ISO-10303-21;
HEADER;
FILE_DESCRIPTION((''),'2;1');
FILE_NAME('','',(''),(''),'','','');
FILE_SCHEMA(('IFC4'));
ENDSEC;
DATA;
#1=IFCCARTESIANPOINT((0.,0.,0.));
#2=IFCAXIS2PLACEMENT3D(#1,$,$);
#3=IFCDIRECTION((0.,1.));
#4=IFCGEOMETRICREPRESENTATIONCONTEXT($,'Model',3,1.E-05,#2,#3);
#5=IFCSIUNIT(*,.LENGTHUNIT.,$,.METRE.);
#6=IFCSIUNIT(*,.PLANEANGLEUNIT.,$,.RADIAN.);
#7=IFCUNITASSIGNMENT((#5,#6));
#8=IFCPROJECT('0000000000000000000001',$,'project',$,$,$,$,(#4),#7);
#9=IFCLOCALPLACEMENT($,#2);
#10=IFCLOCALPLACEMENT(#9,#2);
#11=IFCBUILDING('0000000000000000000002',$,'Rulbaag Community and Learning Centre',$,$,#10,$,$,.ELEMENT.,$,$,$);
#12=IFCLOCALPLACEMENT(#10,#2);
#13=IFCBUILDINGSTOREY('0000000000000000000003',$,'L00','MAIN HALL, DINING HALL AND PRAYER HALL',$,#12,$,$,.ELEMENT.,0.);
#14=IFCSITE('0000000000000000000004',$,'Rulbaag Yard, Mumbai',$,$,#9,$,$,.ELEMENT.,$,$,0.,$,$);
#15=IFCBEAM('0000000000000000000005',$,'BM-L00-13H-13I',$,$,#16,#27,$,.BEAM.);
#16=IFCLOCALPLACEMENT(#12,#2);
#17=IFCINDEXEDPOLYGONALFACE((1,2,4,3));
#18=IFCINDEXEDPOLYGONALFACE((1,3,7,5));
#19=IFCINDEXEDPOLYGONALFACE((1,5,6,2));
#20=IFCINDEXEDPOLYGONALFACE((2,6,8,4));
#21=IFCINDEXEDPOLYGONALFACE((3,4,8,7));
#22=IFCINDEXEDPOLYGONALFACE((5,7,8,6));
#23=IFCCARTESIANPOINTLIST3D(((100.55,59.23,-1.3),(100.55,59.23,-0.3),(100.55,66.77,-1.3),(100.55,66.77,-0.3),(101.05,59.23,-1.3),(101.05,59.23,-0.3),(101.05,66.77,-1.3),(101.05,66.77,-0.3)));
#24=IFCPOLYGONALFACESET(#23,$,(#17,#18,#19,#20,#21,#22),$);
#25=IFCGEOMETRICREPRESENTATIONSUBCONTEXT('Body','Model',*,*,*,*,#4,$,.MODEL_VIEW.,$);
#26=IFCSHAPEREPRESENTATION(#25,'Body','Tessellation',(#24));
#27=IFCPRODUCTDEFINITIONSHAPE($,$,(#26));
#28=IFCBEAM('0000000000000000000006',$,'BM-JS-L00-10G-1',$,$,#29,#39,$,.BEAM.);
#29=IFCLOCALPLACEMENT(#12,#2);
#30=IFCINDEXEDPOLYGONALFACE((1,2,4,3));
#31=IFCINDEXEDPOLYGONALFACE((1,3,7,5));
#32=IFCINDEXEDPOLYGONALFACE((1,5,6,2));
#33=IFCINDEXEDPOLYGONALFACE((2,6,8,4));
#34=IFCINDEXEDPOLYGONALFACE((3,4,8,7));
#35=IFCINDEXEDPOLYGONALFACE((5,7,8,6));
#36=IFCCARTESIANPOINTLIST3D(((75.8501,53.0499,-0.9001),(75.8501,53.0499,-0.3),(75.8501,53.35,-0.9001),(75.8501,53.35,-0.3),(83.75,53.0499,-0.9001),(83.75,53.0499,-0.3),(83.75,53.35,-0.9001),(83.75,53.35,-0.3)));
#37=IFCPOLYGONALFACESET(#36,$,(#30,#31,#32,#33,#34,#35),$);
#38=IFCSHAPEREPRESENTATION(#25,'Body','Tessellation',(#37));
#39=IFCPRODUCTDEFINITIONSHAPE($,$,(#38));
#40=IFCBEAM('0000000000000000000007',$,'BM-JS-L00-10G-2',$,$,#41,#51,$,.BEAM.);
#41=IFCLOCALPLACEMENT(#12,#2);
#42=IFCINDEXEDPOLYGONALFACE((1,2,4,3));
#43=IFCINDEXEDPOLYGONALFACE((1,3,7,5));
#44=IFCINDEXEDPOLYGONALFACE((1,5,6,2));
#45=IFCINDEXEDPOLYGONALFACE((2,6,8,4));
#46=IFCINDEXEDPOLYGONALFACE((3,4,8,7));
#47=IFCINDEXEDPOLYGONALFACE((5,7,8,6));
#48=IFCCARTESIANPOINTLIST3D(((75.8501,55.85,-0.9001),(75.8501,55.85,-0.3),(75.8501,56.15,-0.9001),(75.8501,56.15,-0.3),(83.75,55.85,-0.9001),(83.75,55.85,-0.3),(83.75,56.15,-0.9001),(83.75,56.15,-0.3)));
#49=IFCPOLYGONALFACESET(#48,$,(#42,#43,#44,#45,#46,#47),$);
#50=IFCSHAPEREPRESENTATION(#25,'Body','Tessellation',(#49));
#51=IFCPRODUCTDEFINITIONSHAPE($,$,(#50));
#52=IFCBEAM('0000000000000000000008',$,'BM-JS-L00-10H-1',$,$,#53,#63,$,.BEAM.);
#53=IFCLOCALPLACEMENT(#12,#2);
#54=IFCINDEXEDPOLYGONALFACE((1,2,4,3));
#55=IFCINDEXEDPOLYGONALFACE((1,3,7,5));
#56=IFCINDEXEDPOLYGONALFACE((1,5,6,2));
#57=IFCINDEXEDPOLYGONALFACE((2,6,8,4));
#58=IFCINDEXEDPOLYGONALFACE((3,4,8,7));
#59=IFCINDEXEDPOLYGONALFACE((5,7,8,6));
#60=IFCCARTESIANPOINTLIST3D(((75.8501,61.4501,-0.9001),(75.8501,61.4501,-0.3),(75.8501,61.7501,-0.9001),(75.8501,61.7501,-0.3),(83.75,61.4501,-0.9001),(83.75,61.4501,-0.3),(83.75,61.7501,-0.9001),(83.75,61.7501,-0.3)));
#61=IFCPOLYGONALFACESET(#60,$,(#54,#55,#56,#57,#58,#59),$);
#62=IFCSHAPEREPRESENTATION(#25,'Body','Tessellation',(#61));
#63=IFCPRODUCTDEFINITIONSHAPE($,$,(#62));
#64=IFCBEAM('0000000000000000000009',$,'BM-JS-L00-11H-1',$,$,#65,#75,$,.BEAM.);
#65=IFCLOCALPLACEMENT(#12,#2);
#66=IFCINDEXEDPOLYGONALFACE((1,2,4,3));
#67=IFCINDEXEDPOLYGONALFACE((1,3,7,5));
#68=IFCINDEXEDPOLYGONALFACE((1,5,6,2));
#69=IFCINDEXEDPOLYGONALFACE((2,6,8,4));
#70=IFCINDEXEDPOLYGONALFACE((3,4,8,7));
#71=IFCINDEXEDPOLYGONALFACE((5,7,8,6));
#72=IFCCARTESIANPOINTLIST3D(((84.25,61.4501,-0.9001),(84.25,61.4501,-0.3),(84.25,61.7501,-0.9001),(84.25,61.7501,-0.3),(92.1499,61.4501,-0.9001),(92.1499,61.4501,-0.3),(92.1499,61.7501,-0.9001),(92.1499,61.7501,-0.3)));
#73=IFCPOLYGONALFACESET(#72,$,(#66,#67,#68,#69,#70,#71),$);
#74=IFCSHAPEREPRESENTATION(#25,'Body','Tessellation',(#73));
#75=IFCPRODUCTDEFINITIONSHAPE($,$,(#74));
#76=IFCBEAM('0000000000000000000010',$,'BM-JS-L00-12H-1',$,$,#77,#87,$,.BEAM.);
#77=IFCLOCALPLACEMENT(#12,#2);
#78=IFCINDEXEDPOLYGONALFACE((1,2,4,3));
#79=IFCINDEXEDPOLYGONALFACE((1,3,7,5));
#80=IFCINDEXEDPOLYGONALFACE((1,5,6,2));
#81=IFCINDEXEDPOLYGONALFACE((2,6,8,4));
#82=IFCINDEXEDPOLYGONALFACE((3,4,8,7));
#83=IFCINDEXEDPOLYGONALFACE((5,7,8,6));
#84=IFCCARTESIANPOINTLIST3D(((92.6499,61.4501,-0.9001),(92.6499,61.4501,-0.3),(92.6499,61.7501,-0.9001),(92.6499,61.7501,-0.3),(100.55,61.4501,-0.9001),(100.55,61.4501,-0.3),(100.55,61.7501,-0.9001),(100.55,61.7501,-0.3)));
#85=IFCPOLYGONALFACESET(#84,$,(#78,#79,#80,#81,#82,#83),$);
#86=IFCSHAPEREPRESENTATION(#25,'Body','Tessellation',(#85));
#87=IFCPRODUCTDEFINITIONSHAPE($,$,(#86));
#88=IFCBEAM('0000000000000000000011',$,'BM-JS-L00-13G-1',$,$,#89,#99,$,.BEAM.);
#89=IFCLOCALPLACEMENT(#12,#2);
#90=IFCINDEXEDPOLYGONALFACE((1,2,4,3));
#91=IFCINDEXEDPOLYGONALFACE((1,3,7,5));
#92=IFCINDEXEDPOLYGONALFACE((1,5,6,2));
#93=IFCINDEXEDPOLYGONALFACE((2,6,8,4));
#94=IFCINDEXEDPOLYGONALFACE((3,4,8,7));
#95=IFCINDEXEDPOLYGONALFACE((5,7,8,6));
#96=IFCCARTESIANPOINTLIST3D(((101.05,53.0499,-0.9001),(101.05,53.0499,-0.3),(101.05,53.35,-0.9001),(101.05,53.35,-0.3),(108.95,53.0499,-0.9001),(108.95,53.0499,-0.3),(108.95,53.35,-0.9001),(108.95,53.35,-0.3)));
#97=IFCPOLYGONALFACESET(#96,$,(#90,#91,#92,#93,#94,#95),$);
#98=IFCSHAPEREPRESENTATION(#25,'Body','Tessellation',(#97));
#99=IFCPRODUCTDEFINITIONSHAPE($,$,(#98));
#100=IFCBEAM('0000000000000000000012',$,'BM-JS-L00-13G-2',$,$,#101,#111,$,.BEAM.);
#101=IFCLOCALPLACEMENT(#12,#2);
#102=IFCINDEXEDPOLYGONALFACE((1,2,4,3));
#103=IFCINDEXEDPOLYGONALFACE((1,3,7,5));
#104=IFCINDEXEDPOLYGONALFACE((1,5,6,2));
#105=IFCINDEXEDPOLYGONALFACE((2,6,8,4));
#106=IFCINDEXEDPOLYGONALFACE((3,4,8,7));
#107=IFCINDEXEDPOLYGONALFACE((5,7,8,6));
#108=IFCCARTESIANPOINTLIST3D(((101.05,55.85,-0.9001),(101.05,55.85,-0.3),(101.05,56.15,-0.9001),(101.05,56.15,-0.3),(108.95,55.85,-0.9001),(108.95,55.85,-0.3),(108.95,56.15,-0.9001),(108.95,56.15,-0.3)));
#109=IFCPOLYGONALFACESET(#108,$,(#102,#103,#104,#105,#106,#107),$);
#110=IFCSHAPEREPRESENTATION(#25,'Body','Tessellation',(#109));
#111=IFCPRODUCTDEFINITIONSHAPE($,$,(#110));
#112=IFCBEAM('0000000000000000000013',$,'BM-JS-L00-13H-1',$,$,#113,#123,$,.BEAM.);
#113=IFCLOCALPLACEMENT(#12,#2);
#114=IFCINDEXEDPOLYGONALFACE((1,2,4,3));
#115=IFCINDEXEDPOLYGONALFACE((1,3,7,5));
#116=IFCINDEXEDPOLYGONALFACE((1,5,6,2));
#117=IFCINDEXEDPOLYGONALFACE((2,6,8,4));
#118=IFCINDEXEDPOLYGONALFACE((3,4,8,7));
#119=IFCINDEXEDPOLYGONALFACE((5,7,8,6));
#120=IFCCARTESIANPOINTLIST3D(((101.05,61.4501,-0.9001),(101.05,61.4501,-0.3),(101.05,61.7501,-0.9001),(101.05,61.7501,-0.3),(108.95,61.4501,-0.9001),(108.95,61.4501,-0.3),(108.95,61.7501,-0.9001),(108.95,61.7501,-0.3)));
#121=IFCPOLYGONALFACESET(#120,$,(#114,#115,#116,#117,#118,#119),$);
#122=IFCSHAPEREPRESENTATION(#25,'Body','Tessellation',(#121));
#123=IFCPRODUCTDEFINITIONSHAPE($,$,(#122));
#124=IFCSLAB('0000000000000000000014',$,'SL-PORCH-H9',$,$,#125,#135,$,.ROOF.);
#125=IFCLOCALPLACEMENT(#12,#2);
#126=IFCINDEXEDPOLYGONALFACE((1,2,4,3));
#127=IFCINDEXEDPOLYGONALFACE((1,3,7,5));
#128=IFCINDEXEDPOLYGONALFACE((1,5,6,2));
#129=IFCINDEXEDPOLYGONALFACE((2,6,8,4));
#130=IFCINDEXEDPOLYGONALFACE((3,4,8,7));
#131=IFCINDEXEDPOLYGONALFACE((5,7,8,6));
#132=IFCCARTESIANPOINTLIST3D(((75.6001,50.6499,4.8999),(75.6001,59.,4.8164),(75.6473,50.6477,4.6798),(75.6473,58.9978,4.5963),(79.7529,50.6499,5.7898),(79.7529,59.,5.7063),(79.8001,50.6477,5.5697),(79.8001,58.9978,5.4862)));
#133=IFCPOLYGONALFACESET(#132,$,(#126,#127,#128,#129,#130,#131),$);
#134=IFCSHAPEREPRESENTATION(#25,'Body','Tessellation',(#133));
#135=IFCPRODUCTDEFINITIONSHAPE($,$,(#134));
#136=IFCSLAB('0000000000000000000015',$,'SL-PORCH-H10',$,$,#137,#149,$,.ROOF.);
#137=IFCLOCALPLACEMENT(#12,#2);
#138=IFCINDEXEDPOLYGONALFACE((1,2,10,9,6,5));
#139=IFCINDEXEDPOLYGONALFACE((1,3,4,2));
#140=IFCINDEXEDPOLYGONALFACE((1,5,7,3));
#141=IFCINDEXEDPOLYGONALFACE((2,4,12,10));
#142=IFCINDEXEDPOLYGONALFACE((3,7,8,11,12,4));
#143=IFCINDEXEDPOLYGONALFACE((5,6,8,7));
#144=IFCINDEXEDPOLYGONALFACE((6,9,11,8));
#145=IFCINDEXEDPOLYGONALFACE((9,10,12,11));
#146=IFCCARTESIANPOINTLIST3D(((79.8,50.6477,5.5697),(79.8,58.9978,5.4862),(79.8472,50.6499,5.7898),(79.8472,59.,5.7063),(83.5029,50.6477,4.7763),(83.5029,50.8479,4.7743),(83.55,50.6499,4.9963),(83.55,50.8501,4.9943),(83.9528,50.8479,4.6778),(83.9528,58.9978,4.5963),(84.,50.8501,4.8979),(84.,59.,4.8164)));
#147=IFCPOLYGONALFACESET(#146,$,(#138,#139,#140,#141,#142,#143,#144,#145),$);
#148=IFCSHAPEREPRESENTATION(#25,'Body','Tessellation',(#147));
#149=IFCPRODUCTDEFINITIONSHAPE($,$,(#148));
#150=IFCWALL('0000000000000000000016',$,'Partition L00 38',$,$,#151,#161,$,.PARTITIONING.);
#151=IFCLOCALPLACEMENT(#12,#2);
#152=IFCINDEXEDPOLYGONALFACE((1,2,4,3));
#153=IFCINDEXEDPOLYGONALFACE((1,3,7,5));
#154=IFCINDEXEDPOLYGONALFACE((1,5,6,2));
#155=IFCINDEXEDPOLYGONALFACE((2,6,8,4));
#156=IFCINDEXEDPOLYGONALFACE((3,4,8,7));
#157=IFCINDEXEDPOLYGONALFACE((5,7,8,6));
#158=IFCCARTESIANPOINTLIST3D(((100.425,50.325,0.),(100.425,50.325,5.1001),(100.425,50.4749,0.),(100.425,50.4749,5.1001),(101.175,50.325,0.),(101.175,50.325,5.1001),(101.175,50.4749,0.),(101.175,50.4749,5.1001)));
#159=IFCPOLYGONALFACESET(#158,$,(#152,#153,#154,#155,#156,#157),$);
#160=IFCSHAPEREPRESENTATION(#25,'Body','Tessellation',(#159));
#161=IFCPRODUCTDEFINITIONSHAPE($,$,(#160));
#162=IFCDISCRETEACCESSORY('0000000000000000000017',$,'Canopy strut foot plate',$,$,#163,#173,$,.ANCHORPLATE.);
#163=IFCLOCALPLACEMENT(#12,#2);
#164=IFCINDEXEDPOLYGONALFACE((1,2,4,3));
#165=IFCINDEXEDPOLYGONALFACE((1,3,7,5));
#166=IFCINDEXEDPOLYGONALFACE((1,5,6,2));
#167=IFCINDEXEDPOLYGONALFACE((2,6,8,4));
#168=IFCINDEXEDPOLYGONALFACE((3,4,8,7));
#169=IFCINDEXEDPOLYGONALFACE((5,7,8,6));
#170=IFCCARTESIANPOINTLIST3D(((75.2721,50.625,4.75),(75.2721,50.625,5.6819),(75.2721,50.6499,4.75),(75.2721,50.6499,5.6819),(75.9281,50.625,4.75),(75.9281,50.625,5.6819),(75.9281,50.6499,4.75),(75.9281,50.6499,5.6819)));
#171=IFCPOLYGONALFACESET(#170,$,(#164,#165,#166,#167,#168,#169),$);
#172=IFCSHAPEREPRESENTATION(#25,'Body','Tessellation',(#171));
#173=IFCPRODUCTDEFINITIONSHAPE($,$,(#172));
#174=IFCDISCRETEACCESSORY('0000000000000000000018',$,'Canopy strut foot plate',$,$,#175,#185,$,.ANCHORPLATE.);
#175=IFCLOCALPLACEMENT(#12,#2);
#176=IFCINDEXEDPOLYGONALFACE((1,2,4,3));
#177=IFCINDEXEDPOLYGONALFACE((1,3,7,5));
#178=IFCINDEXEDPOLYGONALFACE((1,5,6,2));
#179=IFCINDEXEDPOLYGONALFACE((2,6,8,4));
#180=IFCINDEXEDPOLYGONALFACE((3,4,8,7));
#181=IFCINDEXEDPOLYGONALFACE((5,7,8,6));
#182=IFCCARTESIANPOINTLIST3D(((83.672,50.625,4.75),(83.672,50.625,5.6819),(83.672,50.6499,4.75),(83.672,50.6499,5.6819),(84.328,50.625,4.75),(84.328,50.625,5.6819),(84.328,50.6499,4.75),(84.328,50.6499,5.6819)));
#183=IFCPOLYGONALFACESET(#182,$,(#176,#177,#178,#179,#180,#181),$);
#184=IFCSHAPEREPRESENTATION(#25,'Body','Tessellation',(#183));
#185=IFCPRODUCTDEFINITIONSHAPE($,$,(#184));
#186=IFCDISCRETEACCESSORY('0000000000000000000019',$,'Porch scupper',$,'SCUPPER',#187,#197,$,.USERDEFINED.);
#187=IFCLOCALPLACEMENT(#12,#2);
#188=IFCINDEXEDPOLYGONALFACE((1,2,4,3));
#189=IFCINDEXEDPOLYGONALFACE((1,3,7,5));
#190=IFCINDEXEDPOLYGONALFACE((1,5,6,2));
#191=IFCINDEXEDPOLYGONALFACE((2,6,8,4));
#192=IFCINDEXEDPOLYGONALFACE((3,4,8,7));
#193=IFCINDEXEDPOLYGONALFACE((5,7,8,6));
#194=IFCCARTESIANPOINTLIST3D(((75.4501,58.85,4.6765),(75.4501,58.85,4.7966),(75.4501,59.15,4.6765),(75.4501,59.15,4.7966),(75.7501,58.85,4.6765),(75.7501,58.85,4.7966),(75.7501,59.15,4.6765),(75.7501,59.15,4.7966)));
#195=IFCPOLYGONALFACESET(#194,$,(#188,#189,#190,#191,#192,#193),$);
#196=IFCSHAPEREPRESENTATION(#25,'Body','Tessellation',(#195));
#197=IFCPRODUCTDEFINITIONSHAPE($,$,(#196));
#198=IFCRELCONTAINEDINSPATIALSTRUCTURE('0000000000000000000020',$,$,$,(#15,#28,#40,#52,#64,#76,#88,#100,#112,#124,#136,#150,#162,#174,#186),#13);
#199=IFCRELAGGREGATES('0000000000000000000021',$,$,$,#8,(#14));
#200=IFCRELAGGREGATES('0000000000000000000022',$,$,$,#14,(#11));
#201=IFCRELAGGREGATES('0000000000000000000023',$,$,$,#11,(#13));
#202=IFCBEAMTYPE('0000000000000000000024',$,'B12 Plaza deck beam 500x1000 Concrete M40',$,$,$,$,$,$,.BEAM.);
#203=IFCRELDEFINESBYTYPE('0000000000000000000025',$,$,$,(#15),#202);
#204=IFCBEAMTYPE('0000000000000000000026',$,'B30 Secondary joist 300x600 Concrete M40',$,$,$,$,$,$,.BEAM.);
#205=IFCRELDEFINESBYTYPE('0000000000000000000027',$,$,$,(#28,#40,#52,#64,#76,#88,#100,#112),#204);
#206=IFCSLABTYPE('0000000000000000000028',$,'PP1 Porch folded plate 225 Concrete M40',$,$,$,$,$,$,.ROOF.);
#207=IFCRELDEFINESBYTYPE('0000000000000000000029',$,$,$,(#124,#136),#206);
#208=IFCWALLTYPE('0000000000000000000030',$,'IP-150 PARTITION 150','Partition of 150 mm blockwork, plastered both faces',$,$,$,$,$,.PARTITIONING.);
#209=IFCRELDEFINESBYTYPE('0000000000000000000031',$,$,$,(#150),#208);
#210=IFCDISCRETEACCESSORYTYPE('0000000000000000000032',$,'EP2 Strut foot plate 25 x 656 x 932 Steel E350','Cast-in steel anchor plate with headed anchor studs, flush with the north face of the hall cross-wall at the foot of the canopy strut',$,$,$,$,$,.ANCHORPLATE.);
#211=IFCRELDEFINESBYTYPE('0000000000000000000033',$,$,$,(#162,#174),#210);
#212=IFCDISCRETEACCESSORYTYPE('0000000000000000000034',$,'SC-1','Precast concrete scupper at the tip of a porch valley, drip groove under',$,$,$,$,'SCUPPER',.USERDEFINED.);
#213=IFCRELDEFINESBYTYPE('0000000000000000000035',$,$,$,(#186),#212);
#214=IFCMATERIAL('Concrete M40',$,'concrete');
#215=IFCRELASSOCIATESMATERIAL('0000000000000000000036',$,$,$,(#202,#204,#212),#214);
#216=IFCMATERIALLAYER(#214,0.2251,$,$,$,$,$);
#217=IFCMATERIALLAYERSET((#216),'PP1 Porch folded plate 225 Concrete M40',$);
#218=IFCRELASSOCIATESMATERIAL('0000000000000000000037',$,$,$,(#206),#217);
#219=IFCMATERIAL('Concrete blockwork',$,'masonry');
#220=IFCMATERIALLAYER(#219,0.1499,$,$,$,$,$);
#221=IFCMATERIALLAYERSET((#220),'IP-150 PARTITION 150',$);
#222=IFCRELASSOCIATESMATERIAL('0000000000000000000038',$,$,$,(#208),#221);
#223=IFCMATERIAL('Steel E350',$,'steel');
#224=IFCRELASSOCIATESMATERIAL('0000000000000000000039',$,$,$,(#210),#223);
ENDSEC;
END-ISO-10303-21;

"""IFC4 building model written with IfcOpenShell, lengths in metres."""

from ifc_helpers import new_model, si_unit, direction, frame, frame_2d, origin, origin_2d, place, context, subcontext, project, spatial, polyline, rectangle, outline, extrude, material, layer, layer_set, material_profile, profile_set, type_object, element, save


model = new_model("IFC4")

# Units and contexts
model_context = context("Model", 3, precision=1e-05, world=origin(), true_north=direction((0.0, 1.0)))
body_context = subcontext(model_context, "Body", "Model", "MODEL_VIEW")
ifc_project = project(units=[si_unit("LENGTHUNIT", "METRE"), si_unit("PLANEANGLEUNIT", "RADIAN")], contexts=[model_context])

# Site, building, storey
site_placement = place(None, origin())
site = spatial("IfcSite", under=ifc_project, at=site_placement, Name="Rulbaag Yard, Mumbai", CompositionType="ELEMENT", RefElevation=0.0)
building_placement = place(site_placement, origin())
building = spatial("IfcBuilding", under=site, at=building_placement, Name="Rulbaag Community and Learning Centre", CompositionType="ELEMENT")
storey_placement = place(building_placement, origin())
storey = spatial("IfcBuildingStorey", under=building, at=storey_placement, Name="L00", Description="MAIN HALL, DINING HALL AND PRAYER HALL", CompositionType="ELEMENT", Elevation=0.0)

# Shared definitions
ifc_material_1 = material(Name="Concrete M40", Category="concrete")

# Beams
ifc_material_profile_1 = material_profile(ifc_material_1, rectangle(XDim=0.5, YDim=1.0, at=origin_2d()), Name="RB500x1000")
ifc_profile_set_1 = profile_set([ifc_material_profile_1], Name="Concrete M40")
beam_type_1 = type_object("IfcBeamType", Name="B12 Plaza deck beam 500x1000 Concrete M40", PredefinedType="BEAM", material=ifc_profile_set_1)
for number, where, z_axis, x_axis, name in (
    (1, (100.8, 59.23, -0.8), (0.0, 1.0, 0.0), (-1.0, 0.0, 0.0), "BM-L00-13H-13I"),
):
    element("IfcBeam", number, at=place(storey_placement, frame(where, z_axis=z_axis, x_axis=x_axis)), inside=storey, type_object=beam_type_1, Name=name, PredefinedType="BEAM", context=body_context, shape_type="SweptSolid", body=[
        extrude(rectangle(XDim=0.5, YDim=1.0, at=origin_2d()), origin(), (0.0, 0.0, 1.0), 7.54),
    ])
ifc_material_profile_2 = material_profile(ifc_material_1, rectangle(XDim=0.3, YDim=0.6001, at=origin_2d()), Name="RB300x600")
ifc_profile_set_2 = profile_set([ifc_material_profile_2], Name="Concrete M40")
beam_type_2 = type_object("IfcBeamType", Name="B30 Secondary joist 300x600 Concrete M40", PredefinedType="BEAM", material=ifc_profile_set_2)
for number, where, z_axis, x_axis, name in (
    (2, (75.8501, 53.2, -0.6001), (1.0, 0.0, 0.0), (0.0, 1.0, 0.0), "BM-JS-L00-10G-1"),
    (3, (75.8501, 56.0, -0.6001), (1.0, 0.0, 0.0), (0.0, 1.0, 0.0), "BM-JS-L00-10G-2"),
    (4, (75.8501, 61.6001, -0.6001), (1.0, 0.0, 0.0), (0.0, 1.0, 0.0), "BM-JS-L00-10H-1"),
    (5, (84.25, 61.6001, -0.6001), (1.0, 0.0, 0.0), (0.0, 1.0, 0.0), "BM-JS-L00-11H-1"),
):
    element("IfcBeam", number, at=place(storey_placement, frame(where, z_axis=z_axis, x_axis=x_axis)), inside=storey, type_object=beam_type_2, Name=name, PredefinedType="BEAM", context=body_context, shape_type="SweptSolid", body=[
        extrude(rectangle(XDim=0.3, YDim=0.6001, at=origin_2d()), origin(), (0.0, 0.0, 1.0), 7.8999),
    ])
beam_1_placement = place(storey_placement, frame((92.6499, 61.6001, -0.6001), z_axis=(1.0, 0.0, 0.0), x_axis=(0.0, 1.0, 0.0)))
element("IfcBeam", 6, at=beam_1_placement, inside=storey, type_object=beam_type_2, Name="BM-JS-L00-12H-1", PredefinedType="BEAM", context=body_context, shape_type="SweptSolid", body=[
    extrude(rectangle(XDim=0.3, YDim=0.6001, at=origin_2d()), origin(), (0.0, 0.0, 1.0), 7.9001),
])
for number, where, z_axis, x_axis, name in (
    (7, (101.05, 53.2, -0.6001), (1.0, 0.0, 0.0), (0.0, 1.0, 0.0), "BM-JS-L00-13G-1"),
    (8, (101.05, 56.0, -0.6001), (1.0, 0.0, 0.0), (0.0, 1.0, 0.0), "BM-JS-L00-13G-2"),
    (9, (101.05, 61.6001, -0.6001), (1.0, 0.0, 0.0), (0.0, 1.0, 0.0), "BM-JS-L00-13H-1"),
):
    element("IfcBeam", number, at=place(storey_placement, frame(where, z_axis=z_axis, x_axis=x_axis)), inside=storey, type_object=beam_type_2, Name=name, PredefinedType="BEAM", context=body_context, shape_type="SweptSolid", body=[
        extrude(rectangle(XDim=0.3, YDim=0.6001, at=origin_2d()), origin(), (0.0, 0.0, 1.0), 7.8999),
    ])

# Slabs
ifc_layer_1 = layer(ifc_material_1, 0.2251)
ifc_layer_set_1 = layer_set([ifc_layer_1], Name="PP1 Porch folded plate 225 Concrete M40")
slab_type = type_object("IfcSlabType", Name="PP1 Porch folded plate 225 Concrete M40", PredefinedType="ROOF", material=ifc_layer_set_1)
slab_1_placement = place(storey_placement, frame((75.6001, 50.6499, 4.8999), z_axis=(-0.209519, 0.009777, 0.977756), x_axis=(0.0, 0.99995, -0.009999)))
element("IfcSlab", 10, at=slab_1_placement, inside=storey, type_object=slab_type, Name="SL-PORCH-H9", PredefinedType="ROOF", context=body_context, shape_type="SweptSolid", body=[
    extrude(outline(polyline([(0.0, 0.0), (8.3505, 0.0), (8.3416, -4.2471), (-0.0089, -4.2471), (0.0, 0.0)])), origin(), (0.0, 0.0, -1.0), 0.2251),
])
slab_2_placement = place(storey_placement, frame((79.8472, 50.6499, 5.7898), z_axis=(0.209513, 0.009779, 0.977757), x_axis=(0.0, 0.99995, -0.010001)))
element("IfcSlab", 11, at=slab_2_placement, inside=storey, type_object=slab_type, Name="SL-PORCH-H10", PredefinedType="ROOF", context=body_context, shape_type="SweptSolid", body=[
    extrude(outline(polyline([(0.0, 0.0), (8.3505, 0.0), (8.3594, -4.2471), (0.2091, -4.2471), (0.2081, -3.7869), (0.0079, -3.7869), (0.0, 0.0)])), origin(), (0.0, 0.0, -1.0), 0.2251),
])

# Wall
ifc_material_2 = material(Name="Concrete blockwork", Category="masonry")
ifc_layer_2 = layer(ifc_material_2, 0.1499)
ifc_layer_set_2 = layer_set([ifc_layer_2], Name="IP-150 PARTITION 150")
wall_type = type_object("IfcWallType", Name="IP-150 PARTITION 150", Description="Partition of 150 mm blockwork, plastered both faces", PredefinedType="PARTITIONING", material=ifc_layer_set_2)
wall_placement = place(storey_placement, frame((100.425, 50.3999, 0.0), z_axis=(0.0, 0.0, 1.0), x_axis=(1.0, 0.0, 0.0)))
element("IfcWall", 12, at=wall_placement, inside=storey, type_object=wall_type, Name="Partition L00 38", PredefinedType="PARTITIONING", context=body_context, shape_type="SweptSolid", body=[
    extrude(rectangle(XDim=0.75, YDim=0.1499, at=frame_2d((0.375, 0.0))), origin(), (0.0, 0.0, 1.0), 5.1001),
])

# Discrete accessories
ifc_material_3 = material(Name="Steel E350", Category="steel")
discrete_accessory_type_1 = type_object("IfcDiscreteAccessoryType", Name="EP2 Strut foot plate 25 x 656 x 932 Steel E350", Description="Cast-in steel anchor plate with headed anchor studs, flush with the north face of the hall cross-wall at the foot of the canopy strut", PredefinedType="ANCHORPLATE", material=ifc_material_3)
for number, where, z_axis, x_axis, name in (
    (13, (75.6001, 50.6375, 4.75), (0.0, 0.0, 1.0), (1.0, 0.0, 0.0), "Canopy strut foot plate"),
    (14, (84.0, 50.6375, 4.75), (0.0, 0.0, 1.0), (1.0, 0.0, 0.0), "Canopy strut foot plate"),
):
    element("IfcDiscreteAccessory", number, at=place(storey_placement, frame(where, z_axis=z_axis, x_axis=x_axis)), inside=storey, type_object=discrete_accessory_type_1, Name=name, PredefinedType="ANCHORPLATE", context=body_context, shape_type="SweptSolid", body=[
        extrude(rectangle(XDim=0.656, YDim=0.0249, at=origin_2d()), origin(), (0.0, 0.0, 1.0), 0.9319),
    ])
discrete_accessory_type_2 = type_object("IfcDiscreteAccessoryType", Name="SC-1", Description="Precast concrete scupper at the tip of a porch valley, drip groove under", ElementType="SCUPPER", PredefinedType="USERDEFINED", material=ifc_material_1)
for number, where, z_axis, x_axis, name in (
    (15, (75.6001, 59.0, 4.6765), (0.0, 0.0, 1.0), (1.0, 0.0, 0.0), "Porch scupper"),
):
    element("IfcDiscreteAccessory", number, at=place(storey_placement, frame(where, z_axis=z_axis, x_axis=x_axis)), inside=storey, type_object=discrete_accessory_type_2, Name=name, ObjectType="SCUPPER", PredefinedType="USERDEFINED", context=body_context, shape_type="SweptSolid", body=[
        extrude(rectangle(XDim=0.3, YDim=0.3, at=origin_2d()), origin(), (0.0, 0.0, 1.0), 0.1201),
    ])

save(model, "model.ifc")
